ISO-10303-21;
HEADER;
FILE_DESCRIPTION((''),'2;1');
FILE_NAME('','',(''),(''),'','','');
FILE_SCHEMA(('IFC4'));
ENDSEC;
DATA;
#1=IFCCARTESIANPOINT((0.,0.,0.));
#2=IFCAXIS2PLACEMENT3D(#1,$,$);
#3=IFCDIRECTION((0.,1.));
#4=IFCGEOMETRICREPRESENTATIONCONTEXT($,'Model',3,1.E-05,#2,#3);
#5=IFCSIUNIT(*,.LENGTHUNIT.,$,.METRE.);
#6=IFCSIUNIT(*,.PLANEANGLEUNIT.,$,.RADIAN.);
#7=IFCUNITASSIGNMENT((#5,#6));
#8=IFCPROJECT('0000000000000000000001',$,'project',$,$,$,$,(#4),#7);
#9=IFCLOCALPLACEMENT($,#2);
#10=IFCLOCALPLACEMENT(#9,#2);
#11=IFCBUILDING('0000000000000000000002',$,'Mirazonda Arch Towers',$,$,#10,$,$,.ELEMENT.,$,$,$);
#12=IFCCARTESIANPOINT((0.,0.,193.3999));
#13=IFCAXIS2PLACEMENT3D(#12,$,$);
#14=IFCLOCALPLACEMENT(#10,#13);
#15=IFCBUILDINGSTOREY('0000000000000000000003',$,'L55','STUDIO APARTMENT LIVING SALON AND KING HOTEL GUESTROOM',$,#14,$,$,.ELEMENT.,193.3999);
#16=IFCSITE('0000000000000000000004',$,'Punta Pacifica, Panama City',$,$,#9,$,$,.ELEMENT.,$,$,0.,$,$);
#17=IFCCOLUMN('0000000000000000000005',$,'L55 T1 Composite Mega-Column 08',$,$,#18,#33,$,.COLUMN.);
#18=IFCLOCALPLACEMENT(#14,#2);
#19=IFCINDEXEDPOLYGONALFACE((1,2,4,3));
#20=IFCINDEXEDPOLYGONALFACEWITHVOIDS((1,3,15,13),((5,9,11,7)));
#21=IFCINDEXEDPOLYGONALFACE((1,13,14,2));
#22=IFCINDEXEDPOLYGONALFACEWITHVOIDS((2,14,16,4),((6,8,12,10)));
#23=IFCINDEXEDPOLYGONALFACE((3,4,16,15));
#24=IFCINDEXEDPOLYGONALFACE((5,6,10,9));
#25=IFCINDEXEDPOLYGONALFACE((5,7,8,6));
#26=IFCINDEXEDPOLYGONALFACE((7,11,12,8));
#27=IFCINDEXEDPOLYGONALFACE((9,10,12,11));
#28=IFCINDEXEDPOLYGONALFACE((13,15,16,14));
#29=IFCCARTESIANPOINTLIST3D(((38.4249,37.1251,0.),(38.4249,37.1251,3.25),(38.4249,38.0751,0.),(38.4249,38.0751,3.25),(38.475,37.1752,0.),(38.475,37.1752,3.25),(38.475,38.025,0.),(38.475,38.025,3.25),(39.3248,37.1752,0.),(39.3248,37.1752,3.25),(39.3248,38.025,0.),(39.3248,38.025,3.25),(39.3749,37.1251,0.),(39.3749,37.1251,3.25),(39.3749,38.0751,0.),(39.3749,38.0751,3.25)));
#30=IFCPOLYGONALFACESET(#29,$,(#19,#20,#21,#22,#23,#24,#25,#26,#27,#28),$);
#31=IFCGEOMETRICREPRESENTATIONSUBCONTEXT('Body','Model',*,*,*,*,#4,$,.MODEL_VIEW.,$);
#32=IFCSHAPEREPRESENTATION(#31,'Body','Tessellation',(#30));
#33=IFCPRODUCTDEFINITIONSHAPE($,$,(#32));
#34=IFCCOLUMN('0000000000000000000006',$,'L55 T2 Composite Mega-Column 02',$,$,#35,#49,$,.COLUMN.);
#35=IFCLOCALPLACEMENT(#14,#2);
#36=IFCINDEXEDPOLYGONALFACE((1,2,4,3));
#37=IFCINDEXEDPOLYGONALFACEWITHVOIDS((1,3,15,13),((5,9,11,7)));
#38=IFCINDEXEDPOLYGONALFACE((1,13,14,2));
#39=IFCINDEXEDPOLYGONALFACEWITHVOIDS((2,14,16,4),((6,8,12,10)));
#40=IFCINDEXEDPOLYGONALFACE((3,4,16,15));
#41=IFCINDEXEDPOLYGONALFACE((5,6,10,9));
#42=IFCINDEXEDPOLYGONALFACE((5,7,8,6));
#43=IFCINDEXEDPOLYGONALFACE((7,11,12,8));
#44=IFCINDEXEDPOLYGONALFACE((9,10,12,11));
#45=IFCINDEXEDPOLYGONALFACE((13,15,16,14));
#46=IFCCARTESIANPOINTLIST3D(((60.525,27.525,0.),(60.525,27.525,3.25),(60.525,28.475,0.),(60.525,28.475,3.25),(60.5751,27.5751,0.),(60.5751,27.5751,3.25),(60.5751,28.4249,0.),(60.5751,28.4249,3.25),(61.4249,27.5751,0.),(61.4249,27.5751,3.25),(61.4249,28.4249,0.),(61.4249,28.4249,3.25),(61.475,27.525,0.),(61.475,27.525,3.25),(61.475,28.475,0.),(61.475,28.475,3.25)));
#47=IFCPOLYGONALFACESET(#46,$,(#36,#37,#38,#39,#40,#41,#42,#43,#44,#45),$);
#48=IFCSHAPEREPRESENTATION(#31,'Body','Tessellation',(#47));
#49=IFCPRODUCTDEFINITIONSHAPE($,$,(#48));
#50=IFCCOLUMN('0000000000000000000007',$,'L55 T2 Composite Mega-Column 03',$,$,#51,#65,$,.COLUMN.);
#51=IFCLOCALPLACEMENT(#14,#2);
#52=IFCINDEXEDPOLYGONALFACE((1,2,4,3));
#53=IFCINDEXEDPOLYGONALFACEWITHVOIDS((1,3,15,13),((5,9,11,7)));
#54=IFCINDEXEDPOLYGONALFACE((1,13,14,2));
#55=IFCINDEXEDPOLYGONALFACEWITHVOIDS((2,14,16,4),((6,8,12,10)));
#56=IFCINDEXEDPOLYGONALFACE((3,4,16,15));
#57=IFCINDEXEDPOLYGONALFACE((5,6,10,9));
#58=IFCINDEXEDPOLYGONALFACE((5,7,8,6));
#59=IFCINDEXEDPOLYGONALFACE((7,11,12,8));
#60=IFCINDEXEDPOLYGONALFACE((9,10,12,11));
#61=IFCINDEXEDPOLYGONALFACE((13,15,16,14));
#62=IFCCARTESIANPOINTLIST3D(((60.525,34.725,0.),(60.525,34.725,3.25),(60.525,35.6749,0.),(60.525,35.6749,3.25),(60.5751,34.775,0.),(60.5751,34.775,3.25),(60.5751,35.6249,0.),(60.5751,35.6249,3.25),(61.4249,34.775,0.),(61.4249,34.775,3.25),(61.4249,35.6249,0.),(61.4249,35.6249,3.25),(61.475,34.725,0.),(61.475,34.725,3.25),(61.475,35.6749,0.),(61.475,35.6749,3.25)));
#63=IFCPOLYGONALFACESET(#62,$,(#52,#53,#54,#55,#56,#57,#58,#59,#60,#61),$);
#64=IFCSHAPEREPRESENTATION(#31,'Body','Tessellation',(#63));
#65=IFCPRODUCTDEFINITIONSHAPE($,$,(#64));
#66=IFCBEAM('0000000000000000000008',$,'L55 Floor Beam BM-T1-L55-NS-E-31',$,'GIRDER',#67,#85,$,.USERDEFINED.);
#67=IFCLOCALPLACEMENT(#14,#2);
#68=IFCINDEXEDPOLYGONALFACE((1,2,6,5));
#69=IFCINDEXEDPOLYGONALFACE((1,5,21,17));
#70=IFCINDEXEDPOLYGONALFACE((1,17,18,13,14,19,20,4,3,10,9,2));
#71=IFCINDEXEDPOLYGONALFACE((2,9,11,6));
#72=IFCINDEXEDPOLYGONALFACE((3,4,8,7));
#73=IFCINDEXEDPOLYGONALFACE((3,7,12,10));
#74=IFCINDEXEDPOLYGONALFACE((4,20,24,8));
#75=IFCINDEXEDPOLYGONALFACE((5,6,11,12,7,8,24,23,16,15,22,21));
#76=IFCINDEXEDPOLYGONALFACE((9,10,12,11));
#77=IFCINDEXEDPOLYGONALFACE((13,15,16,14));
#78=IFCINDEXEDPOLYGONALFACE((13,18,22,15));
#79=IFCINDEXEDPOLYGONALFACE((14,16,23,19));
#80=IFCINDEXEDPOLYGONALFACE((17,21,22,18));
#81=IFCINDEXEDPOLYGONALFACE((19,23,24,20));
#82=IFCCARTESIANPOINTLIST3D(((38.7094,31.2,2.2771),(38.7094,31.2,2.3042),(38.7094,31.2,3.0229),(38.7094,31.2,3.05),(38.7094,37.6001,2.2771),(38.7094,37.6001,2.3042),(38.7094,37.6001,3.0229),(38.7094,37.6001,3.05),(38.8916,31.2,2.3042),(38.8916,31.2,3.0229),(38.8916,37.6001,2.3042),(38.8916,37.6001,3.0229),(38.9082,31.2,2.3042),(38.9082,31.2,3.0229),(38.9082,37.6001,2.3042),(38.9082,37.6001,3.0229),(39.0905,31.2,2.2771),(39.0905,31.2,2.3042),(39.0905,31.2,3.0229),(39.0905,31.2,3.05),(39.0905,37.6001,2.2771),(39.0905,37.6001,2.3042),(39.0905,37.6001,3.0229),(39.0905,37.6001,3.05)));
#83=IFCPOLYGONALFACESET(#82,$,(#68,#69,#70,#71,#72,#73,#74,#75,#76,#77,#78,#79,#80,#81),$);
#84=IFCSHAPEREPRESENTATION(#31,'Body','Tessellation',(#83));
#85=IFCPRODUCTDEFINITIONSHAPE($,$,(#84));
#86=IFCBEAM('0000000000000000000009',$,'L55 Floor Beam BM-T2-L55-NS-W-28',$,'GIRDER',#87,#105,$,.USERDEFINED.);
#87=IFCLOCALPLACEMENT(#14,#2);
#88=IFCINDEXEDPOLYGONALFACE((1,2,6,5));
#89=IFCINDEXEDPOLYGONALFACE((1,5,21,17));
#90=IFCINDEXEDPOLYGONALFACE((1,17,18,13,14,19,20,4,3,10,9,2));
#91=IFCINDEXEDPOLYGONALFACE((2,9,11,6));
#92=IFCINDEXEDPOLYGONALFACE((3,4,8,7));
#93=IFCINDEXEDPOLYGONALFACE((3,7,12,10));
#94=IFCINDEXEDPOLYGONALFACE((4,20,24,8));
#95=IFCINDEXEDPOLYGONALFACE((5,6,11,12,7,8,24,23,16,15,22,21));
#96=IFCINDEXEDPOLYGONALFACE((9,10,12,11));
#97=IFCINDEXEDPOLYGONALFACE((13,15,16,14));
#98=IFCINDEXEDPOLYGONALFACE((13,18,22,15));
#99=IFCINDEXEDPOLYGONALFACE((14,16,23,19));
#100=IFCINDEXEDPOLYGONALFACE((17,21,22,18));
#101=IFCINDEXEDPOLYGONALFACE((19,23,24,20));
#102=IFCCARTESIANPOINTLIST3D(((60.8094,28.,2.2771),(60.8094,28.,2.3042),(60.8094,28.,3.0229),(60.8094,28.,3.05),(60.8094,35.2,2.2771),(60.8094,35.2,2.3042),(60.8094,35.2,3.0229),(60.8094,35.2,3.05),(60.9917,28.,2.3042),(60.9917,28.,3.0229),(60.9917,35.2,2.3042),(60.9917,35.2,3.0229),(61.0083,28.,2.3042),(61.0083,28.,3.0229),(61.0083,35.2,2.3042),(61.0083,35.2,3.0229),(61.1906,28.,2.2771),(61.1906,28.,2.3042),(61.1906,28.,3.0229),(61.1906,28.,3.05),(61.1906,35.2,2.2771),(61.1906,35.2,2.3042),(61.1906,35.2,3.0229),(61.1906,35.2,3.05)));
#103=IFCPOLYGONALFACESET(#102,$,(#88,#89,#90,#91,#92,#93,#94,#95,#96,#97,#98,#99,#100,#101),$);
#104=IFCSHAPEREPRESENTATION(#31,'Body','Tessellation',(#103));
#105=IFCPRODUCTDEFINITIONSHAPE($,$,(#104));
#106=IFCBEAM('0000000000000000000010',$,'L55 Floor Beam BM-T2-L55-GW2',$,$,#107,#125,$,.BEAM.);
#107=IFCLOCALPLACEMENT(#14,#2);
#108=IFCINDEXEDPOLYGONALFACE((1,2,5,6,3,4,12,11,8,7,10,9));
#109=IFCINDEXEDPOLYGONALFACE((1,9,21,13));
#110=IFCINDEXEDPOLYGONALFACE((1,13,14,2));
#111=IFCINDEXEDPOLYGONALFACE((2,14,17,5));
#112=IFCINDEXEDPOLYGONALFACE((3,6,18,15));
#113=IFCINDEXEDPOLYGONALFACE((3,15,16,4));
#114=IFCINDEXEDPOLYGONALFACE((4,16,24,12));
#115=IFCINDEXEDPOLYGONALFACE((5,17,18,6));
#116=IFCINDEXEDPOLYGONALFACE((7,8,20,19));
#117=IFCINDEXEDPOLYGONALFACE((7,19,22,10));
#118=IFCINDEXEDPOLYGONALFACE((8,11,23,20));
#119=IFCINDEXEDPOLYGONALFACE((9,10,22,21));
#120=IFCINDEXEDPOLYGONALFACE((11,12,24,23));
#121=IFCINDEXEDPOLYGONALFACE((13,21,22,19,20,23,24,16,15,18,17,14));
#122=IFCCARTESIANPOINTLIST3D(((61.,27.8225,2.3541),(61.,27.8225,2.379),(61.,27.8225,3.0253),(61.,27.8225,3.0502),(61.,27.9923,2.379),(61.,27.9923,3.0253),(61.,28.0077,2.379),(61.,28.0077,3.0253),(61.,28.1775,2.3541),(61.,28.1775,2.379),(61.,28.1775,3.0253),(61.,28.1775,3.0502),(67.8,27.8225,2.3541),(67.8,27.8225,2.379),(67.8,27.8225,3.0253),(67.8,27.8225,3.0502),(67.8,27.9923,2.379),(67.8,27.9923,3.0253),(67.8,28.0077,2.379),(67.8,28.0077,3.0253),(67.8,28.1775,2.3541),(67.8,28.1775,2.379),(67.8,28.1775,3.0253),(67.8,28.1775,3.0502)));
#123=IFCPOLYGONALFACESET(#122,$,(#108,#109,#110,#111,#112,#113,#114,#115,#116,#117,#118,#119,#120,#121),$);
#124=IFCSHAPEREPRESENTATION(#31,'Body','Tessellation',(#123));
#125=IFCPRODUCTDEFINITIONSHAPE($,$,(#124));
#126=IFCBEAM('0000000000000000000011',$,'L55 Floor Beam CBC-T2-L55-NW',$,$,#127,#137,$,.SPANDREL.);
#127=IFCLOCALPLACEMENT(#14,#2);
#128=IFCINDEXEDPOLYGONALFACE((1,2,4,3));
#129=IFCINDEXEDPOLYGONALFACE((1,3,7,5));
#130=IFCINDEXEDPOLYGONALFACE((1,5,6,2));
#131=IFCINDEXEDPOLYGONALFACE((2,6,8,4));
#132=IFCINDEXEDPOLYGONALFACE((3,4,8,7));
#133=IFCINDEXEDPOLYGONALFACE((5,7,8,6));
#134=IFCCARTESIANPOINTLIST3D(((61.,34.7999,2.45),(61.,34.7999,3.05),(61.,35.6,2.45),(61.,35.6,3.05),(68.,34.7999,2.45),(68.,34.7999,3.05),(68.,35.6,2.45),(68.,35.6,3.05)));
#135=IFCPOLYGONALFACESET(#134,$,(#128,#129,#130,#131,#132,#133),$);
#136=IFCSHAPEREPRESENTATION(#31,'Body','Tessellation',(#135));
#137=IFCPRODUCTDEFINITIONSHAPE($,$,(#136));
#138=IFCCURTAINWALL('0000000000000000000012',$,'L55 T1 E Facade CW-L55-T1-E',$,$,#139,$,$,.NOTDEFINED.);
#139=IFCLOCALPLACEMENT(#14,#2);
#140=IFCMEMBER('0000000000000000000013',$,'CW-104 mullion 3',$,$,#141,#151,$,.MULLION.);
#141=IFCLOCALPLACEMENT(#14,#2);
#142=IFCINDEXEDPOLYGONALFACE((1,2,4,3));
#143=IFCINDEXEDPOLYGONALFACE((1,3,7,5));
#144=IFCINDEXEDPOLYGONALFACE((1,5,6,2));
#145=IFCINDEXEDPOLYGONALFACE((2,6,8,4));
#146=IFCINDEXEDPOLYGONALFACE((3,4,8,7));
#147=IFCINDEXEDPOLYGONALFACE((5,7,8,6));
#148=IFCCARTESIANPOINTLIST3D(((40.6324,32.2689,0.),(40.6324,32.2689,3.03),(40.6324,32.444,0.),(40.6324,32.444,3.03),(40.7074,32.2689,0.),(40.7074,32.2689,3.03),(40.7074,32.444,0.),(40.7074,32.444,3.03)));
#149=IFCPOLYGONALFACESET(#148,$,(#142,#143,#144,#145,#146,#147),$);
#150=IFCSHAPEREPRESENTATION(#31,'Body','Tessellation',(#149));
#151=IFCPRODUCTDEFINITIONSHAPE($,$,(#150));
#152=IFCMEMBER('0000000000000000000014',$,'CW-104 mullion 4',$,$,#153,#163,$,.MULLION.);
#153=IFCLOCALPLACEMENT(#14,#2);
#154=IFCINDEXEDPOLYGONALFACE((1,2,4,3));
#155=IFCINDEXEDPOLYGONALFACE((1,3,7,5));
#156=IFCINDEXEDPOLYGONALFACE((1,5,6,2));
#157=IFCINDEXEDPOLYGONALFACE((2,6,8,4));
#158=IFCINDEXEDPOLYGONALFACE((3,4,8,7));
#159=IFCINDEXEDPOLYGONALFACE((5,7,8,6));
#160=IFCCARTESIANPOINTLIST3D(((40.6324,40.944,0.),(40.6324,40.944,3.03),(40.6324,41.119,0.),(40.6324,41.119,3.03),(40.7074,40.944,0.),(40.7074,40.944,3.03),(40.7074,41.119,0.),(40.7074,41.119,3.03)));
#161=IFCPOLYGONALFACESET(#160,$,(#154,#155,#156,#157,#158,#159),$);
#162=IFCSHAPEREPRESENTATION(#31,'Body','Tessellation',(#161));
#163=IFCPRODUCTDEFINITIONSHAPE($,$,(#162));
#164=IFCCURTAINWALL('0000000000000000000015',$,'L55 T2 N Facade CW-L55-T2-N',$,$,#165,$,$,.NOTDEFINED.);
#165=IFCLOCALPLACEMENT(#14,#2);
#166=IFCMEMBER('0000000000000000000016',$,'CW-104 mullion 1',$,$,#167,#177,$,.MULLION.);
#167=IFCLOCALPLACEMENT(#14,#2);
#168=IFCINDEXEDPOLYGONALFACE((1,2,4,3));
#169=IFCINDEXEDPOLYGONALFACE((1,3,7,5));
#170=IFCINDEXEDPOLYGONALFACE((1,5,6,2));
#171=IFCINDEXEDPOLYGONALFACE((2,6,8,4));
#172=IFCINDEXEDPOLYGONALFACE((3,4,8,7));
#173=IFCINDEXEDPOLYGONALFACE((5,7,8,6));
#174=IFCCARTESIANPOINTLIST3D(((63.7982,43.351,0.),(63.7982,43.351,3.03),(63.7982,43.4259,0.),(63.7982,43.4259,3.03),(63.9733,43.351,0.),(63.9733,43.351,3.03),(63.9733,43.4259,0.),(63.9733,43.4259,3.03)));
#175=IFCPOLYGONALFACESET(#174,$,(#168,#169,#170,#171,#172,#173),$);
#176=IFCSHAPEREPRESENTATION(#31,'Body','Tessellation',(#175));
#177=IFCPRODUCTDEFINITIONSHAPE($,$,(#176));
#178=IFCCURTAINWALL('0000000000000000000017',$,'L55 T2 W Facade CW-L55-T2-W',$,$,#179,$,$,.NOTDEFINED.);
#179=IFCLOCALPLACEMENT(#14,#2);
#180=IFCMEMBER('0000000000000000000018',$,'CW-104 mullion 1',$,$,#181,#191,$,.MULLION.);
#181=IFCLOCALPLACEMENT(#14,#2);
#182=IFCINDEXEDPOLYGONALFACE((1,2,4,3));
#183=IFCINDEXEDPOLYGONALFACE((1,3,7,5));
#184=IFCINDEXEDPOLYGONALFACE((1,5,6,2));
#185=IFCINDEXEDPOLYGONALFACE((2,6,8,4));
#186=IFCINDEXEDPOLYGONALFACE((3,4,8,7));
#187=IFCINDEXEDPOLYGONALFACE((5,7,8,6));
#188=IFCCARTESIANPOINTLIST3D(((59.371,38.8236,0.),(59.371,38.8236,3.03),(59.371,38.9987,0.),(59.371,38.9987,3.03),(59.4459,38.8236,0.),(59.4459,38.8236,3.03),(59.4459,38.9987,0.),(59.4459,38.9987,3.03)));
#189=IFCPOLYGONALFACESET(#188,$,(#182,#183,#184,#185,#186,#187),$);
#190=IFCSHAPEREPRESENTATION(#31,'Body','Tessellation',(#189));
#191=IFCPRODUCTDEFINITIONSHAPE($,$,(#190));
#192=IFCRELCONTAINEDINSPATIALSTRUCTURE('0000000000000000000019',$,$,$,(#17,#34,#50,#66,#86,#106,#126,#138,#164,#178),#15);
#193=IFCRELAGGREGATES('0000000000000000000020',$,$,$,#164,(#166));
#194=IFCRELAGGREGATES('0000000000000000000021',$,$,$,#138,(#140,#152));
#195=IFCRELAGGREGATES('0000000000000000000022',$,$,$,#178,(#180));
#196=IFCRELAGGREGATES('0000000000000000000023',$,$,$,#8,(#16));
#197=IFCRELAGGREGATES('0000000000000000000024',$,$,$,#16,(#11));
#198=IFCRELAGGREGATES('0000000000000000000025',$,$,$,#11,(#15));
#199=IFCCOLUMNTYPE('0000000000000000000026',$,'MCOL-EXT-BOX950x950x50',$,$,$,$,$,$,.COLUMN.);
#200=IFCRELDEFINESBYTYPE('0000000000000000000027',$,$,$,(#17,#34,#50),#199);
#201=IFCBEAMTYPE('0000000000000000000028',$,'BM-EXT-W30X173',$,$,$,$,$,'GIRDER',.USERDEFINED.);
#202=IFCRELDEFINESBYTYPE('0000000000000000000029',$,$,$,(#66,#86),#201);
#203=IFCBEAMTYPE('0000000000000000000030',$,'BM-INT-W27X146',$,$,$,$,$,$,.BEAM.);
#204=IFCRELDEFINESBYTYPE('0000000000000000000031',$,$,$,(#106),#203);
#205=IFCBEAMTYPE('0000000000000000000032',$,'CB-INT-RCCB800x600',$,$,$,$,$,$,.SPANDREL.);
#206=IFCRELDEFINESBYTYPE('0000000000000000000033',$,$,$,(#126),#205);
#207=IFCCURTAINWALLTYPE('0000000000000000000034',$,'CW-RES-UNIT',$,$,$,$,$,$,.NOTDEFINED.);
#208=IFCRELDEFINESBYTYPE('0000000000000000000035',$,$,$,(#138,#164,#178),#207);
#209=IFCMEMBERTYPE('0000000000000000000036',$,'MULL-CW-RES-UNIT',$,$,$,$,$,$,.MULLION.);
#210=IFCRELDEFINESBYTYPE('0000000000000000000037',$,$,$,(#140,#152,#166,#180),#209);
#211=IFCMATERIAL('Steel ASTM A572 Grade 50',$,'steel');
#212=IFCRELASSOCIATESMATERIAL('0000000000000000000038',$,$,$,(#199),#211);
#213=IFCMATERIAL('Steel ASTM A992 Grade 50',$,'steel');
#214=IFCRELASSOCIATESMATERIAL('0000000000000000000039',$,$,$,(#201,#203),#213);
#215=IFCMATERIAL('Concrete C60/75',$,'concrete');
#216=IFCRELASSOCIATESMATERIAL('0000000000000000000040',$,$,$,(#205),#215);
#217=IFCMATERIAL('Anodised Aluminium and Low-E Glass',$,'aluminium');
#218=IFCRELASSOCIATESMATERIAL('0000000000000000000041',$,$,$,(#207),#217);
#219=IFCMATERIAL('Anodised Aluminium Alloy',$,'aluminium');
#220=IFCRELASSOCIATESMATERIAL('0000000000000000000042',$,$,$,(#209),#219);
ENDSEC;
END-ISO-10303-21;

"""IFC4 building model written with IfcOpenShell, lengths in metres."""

from ifc_helpers import new_model, si_unit, direction, frame, origin, origin_2d, place, context, subcontext, project, spatial, rectangle, hollow_rectangle, i_section, extrude, material, material_profile, profile_set, type_object, element, aggregate, save


model = new_model("IFC4")

# Units and contexts
model_context = context("Model", 3, precision=1e-05, world=origin(), true_north=direction((0.0, 1.0)))
body_context = subcontext(model_context, "Body", "Model", "MODEL_VIEW")
ifc_project = project(units=[si_unit("LENGTHUNIT", "METRE"), si_unit("PLANEANGLEUNIT", "RADIAN")], contexts=[model_context])

# Site, building, storey
site_placement = place(None, origin())
site = spatial("IfcSite", under=ifc_project, at=site_placement, Name="Punta Pacifica, Panama City", CompositionType="ELEMENT", RefElevation=0.0)
building_placement = place(site_placement, origin())
building = spatial("IfcBuilding", under=site, at=building_placement, Name="Mirazonda Arch Towers", CompositionType="ELEMENT")
storey_placement = place(building_placement, frame((0.0, 0.0, 193.3999)))
storey = spatial("IfcBuildingStorey", under=building, at=storey_placement, Name="L55", Description="STUDIO APARTMENT LIVING SALON AND KING HOTEL GUESTROOM", CompositionType="ELEMENT", Elevation=193.3999)

# Columns
ifc_material_1 = material(Name="Steel ASTM A572 Grade 50", Category="steel")
ifc_material_profile_1 = material_profile(ifc_material_1, hollow_rectangle(XDim=0.95, YDim=0.95, WallThickness=0.05, at=origin_2d()), Name="BOX950x950x50")
ifc_profile_set_1 = profile_set([ifc_material_profile_1], Name="Steel ASTM A572 Grade 50")
column_type = type_object("IfcColumnType", Name="MCOL-EXT-BOX950x950x50", PredefinedType="COLUMN", material=ifc_profile_set_1)
for number, where, z_axis, x_axis, name in (
    (1, (38.8999, 37.6001, 0.0), (0.0, 0.0, 1.0), (1.0, 0.0, 0.0), "L55 T1 Composite Mega-Column 08"),
    (2, (61.0, 28.0, 0.0), (0.0, 0.0, 1.0), (1.0, 0.0, 0.0), "L55 T2 Composite Mega-Column 02"),
    (3, (61.0, 35.2, 0.0), (0.0, 0.0, 1.0), (1.0, 0.0, 0.0), "L55 T2 Composite Mega-Column 03"),
):
    element("IfcColumn", number, at=place(storey_placement, frame(where, z_axis=z_axis, x_axis=x_axis)), inside=storey, type_object=column_type, Name=name, PredefinedType="COLUMN", context=body_context, shape_type="SweptSolid", body=[
        extrude(hollow_rectangle(XDim=0.95, YDim=0.95, WallThickness=0.05, at=origin_2d()), origin(), (0.0, 0.0, 1.0), 3.25),
    ])

# Beams
ifc_material_2 = material(Name="Steel ASTM A992 Grade 50", Category="steel")
ifc_material_profile_2 = material_profile(ifc_material_2, i_section(OverallWidth=0.3811, OverallDepth=0.7729, WebThickness=0.0166, FlangeThickness=0.0271, at=origin_2d()), Name="W30X173")
ifc_profile_set_2 = profile_set([ifc_material_profile_2], Name="Steel ASTM A992 Grade 50")
beam_type_1 = type_object("IfcBeamType", Name="BM-EXT-W30X173", ElementType="GIRDER", PredefinedType="USERDEFINED", material=ifc_profile_set_2)
beam_1_placement = place(storey_placement, frame((38.8999, 31.2, 2.6636), z_axis=(0.0, 1.0, 0.0), x_axis=(-1.0, 0.0, 0.0)))
element("IfcBeam", 4, at=beam_1_placement, inside=storey, type_object=beam_type_1, Name="L55 Floor Beam BM-T1-L55-NS-E-31", ObjectType="GIRDER", PredefinedType="USERDEFINED", context=body_context, shape_type="SweptSolid", body=[
    extrude(i_section(OverallWidth=0.3811, OverallDepth=0.7729, WebThickness=0.0166, FlangeThickness=0.0271, at=origin_2d()), origin(), (0.0, 0.0, 1.0), 6.4001),
])
beam_2_placement = place(storey_placement, frame((61.0, 28.0, 2.6636), z_axis=(0.0, 1.0, 0.0), x_axis=(-1.0, 0.0, 0.0)))
element("IfcBeam", 5, at=beam_2_placement, inside=storey, type_object=beam_type_1, Name="L55 Floor Beam BM-T2-L55-NS-W-28", ObjectType="GIRDER", PredefinedType="USERDEFINED", context=body_context, shape_type="SweptSolid", body=[
    extrude(i_section(OverallWidth=0.3811, OverallDepth=0.7729, WebThickness=0.0166, FlangeThickness=0.0271, at=origin_2d()), origin(), (0.0, 0.0, 1.0), 7.2),
])
ifc_material_profile_3 = material_profile(ifc_material_2, i_section(OverallWidth=0.355, OverallDepth=0.696, WebThickness=0.0154, FlangeThickness=0.0249, at=origin_2d()), Name="W27X146")
ifc_profile_set_3 = profile_set([ifc_material_profile_3], Name="Steel ASTM A992 Grade 50")
beam_type_2 = type_object("IfcBeamType", Name="BM-INT-W27X146", PredefinedType="BEAM", material=ifc_profile_set_3)
beam_3_placement = place(storey_placement, frame((61.0, 28.0, 2.7021), z_axis=(1.0, 0.0, 0.0), x_axis=(0.0, 1.0, 0.0)))
element("IfcBeam", 6, at=beam_3_placement, inside=storey, type_object=beam_type_2, Name="L55 Floor Beam BM-T2-L55-GW2", PredefinedType="BEAM", context=body_context, shape_type="SweptSolid", body=[
    extrude(i_section(OverallWidth=0.355, OverallDepth=0.696, WebThickness=0.0154, FlangeThickness=0.0249, at=origin_2d()), origin(), (0.0, 0.0, 1.0), 6.8),
])
ifc_material_3 = material(Name="Concrete C60/75", Category="concrete")
ifc_material_profile_4 = material_profile(ifc_material_3, rectangle(XDim=0.8, YDim=0.6001, at=origin_2d()), Name="RCCB800x600")
ifc_profile_set_4 = profile_set([ifc_material_profile_4], Name="Concrete C60/75")
beam_type_3 = type_object("IfcBeamType", Name="CB-INT-RCCB800x600", PredefinedType="SPANDREL", material=ifc_profile_set_4)
beam_4_placement = place(storey_placement, frame((61.0, 35.2, 2.75), z_axis=(1.0, 0.0, 0.0), x_axis=(0.0, 1.0, 0.0)))
element("IfcBeam", 7, at=beam_4_placement, inside=storey, type_object=beam_type_3, Name="L55 Floor Beam CBC-T2-L55-NW", PredefinedType="SPANDREL", context=body_context, shape_type="SweptSolid", body=[
    extrude(rectangle(XDim=0.8, YDim=0.6001, at=origin_2d()), origin(), (0.0, 0.0, 1.0), 7.0),
])

# Curtain wall, members
ifc_material_4 = material(Name="Anodised Aluminium and Low-E Glass", Category="aluminium")
curtain_wall_type = type_object("IfcCurtainWallType", Name="CW-RES-UNIT", PredefinedType="NOTDEFINED", material=ifc_material_4)
curtain_wall_1_placement = place(storey_placement, origin())
curtain_wall_1 = element("IfcCurtainWall", 8, at=curtain_wall_1_placement, inside=storey, type_object=curtain_wall_type, Name="L55 T1 E Facade CW-L55-T1-E", PredefinedType="NOTDEFINED")
ifc_material_5 = material(Name="Anodised Aluminium Alloy", Category="aluminium")
ifc_material_profile_5 = material_profile(ifc_material_5, rectangle(XDim=0.075, YDim=0.175, at=origin_2d()), Name="ALU-MULL-75x175")
ifc_profile_set_5 = profile_set([ifc_material_profile_5], Name="Anodised Aluminium Alloy")
member_type_1 = type_object("IfcMemberType", Name="MULL-CW-RES-UNIT", PredefinedType="MULLION", material=ifc_profile_set_5)
member_1_placement = place(storey_placement, frame((40.6699, 32.3564, 0.0), z_axis=(0.0, 0.0, 1.0), x_axis=(-1.0, 0.0, 0.0)))
member_1 = element("IfcMember", 9, at=member_1_placement, type_object=member_type_1, Name="CW-104 mullion 3", PredefinedType="MULLION", context=body_context, shape_type="SweptSolid", body=[
    extrude(rectangle(XDim=0.075, YDim=0.175, at=origin_2d()), origin(), (0.0, 0.0, 1.0), 3.03),
])
member_2_placement = place(storey_placement, frame((40.6699, 41.0315, 0.0), z_axis=(0.0, 0.0, 1.0), x_axis=(-1.0, 0.0, 0.0)))
member_2 = element("IfcMember", 10, at=member_2_placement, type_object=member_type_1, Name="CW-104 mullion 4", PredefinedType="MULLION", context=body_context, shape_type="SweptSolid", body=[
    extrude(rectangle(XDim=0.075, YDim=0.175, at=origin_2d()), origin(), (0.0, 0.0, 1.0), 3.03),
])

# Curtain wall, member
curtain_wall_2_placement = place(storey_placement, origin())
curtain_wall_2 = element("IfcCurtainWall", 11, at=curtain_wall_2_placement, inside=storey, type_object=curtain_wall_type, Name="L55 T2 N Facade CW-L55-T2-N", PredefinedType="NOTDEFINED")
member_3_placement = place(storey_placement, frame((63.8857, 43.3884, 0.0), z_axis=(0.0, 0.0, 1.0), x_axis=(0.0, 1.0, 0.0)))
member_3 = element("IfcMember", 12, at=member_3_placement, type_object=member_type_1, Name="CW-104 mullion 1", PredefinedType="MULLION", context=body_context, shape_type="SweptSolid", body=[
    extrude(rectangle(XDim=0.075, YDim=0.175, at=origin_2d()), origin(), (0.0, 0.0, 1.0), 3.03),
])

# Curtain wall, member
curtain_wall_3_placement = place(storey_placement, origin())
curtain_wall_3 = element("IfcCurtainWall", 13, at=curtain_wall_3_placement, inside=storey, type_object=curtain_wall_type, Name="L55 T2 W Facade CW-L55-T2-W", PredefinedType="NOTDEFINED")
member_4_placement = place(storey_placement, frame((59.4084, 38.9111, 0.0), z_axis=(0.0, 0.0, 1.0), x_axis=(1.0, 0.0, 0.0)))
member_4 = element("IfcMember", 14, at=member_4_placement, type_object=member_type_1, Name="CW-104 mullion 1", PredefinedType="MULLION", context=body_context, shape_type="SweptSolid", body=[
    extrude(rectangle(XDim=0.075, YDim=0.175, at=origin_2d()), origin(), (0.0, 0.0, 1.0), 3.03),
])

aggregate(curtain_wall_2, [member_3])

aggregate(curtain_wall_1, [member_1, member_2])
aggregate(curtain_wall_3, [member_4])

save(model, "model.ifc")
